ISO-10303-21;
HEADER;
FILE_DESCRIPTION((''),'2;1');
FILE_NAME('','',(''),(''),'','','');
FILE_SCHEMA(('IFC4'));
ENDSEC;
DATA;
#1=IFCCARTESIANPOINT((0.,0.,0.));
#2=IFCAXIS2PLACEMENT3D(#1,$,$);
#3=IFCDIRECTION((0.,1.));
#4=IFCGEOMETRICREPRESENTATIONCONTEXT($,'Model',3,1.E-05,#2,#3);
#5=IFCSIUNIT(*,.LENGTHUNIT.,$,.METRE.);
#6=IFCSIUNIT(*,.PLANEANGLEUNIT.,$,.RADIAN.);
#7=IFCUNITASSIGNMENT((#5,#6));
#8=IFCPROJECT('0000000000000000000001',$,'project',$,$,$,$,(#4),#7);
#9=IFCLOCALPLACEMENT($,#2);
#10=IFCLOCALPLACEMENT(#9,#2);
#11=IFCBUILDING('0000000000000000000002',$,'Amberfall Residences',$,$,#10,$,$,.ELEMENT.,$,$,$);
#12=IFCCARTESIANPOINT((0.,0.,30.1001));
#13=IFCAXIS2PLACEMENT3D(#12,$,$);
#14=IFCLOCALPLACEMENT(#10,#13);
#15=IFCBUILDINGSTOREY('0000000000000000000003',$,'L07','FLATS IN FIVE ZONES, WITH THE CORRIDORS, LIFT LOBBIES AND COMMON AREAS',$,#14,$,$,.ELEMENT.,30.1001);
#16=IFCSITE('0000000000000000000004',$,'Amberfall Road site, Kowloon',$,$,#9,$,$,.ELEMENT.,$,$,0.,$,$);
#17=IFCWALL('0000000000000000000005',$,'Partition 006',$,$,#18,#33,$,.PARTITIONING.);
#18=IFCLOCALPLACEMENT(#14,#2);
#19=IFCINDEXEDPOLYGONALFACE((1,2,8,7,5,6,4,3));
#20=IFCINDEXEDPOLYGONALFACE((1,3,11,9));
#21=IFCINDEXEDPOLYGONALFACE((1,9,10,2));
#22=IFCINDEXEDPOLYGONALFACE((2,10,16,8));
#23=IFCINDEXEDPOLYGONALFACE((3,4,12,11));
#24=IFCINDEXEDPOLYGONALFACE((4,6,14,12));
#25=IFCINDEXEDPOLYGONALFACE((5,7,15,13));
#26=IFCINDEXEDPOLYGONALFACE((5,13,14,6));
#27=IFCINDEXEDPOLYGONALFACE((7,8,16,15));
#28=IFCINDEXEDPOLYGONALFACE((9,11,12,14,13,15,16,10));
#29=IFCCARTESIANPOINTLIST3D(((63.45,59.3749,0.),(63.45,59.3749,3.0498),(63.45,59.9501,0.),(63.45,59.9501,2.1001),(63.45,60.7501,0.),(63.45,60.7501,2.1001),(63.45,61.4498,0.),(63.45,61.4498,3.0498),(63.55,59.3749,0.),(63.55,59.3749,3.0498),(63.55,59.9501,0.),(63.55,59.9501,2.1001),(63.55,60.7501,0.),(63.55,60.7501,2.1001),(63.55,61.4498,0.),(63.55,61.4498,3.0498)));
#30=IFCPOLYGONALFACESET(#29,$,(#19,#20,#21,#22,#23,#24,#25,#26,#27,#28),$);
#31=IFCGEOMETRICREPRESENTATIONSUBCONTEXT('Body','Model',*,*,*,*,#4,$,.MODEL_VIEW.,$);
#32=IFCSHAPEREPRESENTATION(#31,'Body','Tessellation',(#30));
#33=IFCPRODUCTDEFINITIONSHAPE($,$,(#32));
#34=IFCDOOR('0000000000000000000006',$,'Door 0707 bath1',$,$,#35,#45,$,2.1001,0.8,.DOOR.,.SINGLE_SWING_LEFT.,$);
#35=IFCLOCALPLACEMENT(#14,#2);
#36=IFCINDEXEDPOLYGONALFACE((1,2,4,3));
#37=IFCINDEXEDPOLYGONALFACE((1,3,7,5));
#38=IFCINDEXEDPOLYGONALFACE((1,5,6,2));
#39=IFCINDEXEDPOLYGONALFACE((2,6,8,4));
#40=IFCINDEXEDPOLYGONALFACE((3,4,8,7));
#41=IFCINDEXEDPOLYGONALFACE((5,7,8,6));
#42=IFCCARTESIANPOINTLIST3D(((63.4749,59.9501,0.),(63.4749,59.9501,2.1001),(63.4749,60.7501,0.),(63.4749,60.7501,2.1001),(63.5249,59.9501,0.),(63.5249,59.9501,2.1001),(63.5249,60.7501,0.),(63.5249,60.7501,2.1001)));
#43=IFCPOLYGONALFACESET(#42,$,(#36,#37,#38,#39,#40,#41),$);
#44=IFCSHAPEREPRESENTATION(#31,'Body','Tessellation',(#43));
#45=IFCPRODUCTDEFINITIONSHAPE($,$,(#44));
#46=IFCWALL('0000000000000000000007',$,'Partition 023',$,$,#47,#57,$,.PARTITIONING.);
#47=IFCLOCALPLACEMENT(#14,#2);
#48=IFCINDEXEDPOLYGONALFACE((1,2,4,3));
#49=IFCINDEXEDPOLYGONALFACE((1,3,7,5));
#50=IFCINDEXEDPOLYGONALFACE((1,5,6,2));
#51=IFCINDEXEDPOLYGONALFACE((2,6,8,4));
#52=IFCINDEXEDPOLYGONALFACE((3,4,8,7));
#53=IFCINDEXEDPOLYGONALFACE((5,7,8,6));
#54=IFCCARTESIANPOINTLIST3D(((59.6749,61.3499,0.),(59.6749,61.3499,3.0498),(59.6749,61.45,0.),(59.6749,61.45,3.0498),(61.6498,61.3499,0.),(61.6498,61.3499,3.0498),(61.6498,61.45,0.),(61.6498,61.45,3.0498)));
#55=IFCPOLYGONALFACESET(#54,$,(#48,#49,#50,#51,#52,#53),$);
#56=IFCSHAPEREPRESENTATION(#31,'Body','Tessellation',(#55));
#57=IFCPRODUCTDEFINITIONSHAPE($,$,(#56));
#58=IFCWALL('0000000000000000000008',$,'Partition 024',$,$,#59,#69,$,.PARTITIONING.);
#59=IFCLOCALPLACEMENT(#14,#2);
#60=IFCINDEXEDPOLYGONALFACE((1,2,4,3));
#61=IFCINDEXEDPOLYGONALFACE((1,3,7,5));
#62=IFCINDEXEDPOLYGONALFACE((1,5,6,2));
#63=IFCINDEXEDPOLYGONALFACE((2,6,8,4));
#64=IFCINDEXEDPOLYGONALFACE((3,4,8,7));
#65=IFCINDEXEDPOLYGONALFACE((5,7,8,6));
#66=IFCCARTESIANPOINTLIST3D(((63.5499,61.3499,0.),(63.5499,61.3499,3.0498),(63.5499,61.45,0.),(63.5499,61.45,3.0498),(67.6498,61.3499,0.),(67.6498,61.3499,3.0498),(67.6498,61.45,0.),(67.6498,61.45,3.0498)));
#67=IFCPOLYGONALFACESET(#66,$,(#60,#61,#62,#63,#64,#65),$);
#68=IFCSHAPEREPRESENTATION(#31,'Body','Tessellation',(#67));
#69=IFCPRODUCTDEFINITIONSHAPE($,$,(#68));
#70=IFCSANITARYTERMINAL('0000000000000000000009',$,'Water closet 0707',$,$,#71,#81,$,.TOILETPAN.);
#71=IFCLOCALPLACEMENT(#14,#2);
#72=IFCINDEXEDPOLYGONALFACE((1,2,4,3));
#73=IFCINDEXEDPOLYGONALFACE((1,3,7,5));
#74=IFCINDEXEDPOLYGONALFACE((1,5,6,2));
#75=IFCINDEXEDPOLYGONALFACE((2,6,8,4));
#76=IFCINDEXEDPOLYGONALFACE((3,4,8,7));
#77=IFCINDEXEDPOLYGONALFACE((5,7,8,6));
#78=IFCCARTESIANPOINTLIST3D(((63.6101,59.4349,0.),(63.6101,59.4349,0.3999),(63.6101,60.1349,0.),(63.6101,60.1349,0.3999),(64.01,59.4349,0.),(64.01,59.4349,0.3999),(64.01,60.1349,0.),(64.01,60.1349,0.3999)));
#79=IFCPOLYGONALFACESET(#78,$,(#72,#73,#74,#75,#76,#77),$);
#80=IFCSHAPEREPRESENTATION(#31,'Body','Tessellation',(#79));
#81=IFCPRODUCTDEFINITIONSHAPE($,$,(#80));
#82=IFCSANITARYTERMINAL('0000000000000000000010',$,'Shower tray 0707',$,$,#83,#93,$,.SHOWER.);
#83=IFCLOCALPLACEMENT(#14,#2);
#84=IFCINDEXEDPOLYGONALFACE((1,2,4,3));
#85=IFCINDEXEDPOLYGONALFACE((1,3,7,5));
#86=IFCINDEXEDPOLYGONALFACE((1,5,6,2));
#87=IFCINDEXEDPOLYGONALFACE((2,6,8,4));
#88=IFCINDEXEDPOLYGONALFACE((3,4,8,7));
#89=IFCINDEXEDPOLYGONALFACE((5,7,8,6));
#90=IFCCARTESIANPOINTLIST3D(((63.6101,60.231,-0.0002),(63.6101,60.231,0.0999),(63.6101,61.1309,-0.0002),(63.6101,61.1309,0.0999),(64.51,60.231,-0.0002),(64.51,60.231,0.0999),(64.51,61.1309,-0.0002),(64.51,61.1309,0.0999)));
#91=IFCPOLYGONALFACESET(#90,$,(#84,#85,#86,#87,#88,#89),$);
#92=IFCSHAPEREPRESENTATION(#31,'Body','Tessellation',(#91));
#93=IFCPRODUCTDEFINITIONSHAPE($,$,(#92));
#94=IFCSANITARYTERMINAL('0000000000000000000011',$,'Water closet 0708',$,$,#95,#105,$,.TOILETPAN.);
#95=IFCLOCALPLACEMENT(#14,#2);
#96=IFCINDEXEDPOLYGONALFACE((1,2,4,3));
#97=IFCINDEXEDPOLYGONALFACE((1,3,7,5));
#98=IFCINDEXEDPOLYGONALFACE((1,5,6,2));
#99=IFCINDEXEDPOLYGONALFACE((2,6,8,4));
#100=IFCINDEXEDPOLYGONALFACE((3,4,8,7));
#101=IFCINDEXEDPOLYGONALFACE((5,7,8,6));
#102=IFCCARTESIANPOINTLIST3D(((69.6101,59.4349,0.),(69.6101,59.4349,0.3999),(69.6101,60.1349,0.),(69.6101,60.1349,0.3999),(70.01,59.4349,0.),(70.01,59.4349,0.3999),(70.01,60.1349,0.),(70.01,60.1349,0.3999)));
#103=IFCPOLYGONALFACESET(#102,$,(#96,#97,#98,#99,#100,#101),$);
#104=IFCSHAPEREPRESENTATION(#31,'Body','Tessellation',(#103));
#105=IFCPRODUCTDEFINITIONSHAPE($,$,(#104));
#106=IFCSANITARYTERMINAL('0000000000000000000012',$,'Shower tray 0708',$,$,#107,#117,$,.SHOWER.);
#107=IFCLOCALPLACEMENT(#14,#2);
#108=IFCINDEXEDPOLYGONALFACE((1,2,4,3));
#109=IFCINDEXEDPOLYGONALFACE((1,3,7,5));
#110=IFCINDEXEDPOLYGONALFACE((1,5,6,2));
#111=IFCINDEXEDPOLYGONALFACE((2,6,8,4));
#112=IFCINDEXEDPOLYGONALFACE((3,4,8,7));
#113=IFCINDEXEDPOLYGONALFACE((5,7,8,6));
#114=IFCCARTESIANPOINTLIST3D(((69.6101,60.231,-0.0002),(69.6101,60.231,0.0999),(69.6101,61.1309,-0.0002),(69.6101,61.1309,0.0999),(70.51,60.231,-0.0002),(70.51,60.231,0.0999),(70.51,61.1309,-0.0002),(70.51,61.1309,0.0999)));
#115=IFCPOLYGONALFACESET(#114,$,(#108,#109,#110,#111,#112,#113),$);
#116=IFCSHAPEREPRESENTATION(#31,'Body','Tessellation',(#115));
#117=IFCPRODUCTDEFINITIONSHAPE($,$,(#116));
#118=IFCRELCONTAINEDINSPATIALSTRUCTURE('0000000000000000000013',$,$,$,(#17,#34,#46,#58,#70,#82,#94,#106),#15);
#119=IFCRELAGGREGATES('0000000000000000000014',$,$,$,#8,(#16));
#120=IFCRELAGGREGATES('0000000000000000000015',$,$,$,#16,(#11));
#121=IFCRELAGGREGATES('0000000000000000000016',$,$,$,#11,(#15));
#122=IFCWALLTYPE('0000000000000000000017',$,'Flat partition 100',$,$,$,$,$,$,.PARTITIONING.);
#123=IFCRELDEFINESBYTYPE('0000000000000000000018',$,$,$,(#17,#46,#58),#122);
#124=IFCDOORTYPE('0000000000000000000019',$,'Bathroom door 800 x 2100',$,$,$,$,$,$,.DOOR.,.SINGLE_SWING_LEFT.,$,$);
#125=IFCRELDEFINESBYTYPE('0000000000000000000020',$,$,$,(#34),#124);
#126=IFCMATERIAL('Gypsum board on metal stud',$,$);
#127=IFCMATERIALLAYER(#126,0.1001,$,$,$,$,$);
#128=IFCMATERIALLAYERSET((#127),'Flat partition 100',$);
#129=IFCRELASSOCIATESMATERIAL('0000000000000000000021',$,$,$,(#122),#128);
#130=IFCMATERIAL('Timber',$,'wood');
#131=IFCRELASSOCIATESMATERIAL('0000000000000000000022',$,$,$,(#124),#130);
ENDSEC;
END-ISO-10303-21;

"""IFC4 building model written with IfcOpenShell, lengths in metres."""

from ifc_helpers import new_model, si_unit, direction, frame, frame_2d, origin, origin_2d, place, context, subcontext, project, spatial, rectangle, extrude, material, layer, layer_set, type_object, element, fill, save


model = new_model("IFC4")

# Units and contexts
model_context = context("Model", 3, precision=1e-05, world=origin(), true_north=direction((0.0, 1.0)))
body_context = subcontext(model_context, "Body", "Model", "MODEL_VIEW")
ifc_project = project(units=[si_unit("LENGTHUNIT", "METRE"), si_unit("PLANEANGLEUNIT", "RADIAN")], contexts=[model_context])

# Site, building, storey
site_placement = place(None, origin())
site = spatial("IfcSite", under=ifc_project, at=site_placement, Name="Amberfall Road site, Kowloon", CompositionType="ELEMENT", RefElevation=0.0)
building_placement = place(site_placement, origin())
building = spatial("IfcBuilding", under=site, at=building_placement, Name="Amberfall Residences", CompositionType="ELEMENT")
storey_placement = place(building_placement, frame((0.0, 0.0, 30.1001)))
storey = spatial("IfcBuildingStorey", under=building, at=storey_placement, Name="L07", Description="FLATS IN FIVE ZONES, WITH THE CORRIDORS, LIFT LOBBIES AND COMMON AREAS", CompositionType="ELEMENT", Elevation=30.1001)

# Wall, opening, door
ifc_material_1 = material(Name="Gypsum board on metal stud")
ifc_layer_1 = layer(ifc_material_1, 0.1001)
ifc_layer_set_1 = layer_set([ifc_layer_1], Name="Flat partition 100")
wall_type = type_object("IfcWallType", Name="Flat partition 100", PredefinedType="PARTITIONING", material=ifc_layer_set_1)
wall_1_placement = place(storey_placement, frame((63.5, 61.45, 0.0), z_axis=(0.0, 0.0, 1.0), x_axis=(0.0, -1.0, 0.0)))
wall_1 = element("IfcWall", 1, at=wall_1_placement, inside=storey, type_object=wall_type, Name="Partition 006", PredefinedType="PARTITIONING", context=body_context, shape_type="SweptSolid", body=[
    extrude(rectangle(XDim=2.075, YDim=0.1001, at=frame_2d((1.0376, 0.0))), origin(), (0.0, 0.0, 1.0), 3.0498),
])
opening_placement = place(wall_1_placement, frame((0.7, 0.0, 0.0)))
opening = element("IfcOpeningElement", 2, at=opening_placement, cuts=wall_1, PredefinedType="OPENING", context=body_context, shape_type="SweptSolid", body=[
    extrude(rectangle(XDim=0.8, YDim=2.1001, at=frame_2d((0.3999, 1.05))), frame((0.0, 0.0601, 0.0), z_axis=(0.0, -1.0, 0.0), x_axis=(1.0, 0.0, 0.0)), (0.0, 0.0, 1.0), 0.1201),
])
ifc_material_2 = material(Name="Timber", Category="wood")
door_type = type_object("IfcDoorType", Name="Bathroom door 800 x 2100", OperationType="SINGLE_SWING_LEFT", PredefinedType="DOOR", material=ifc_material_2)
door_placement = place(opening_placement, origin())
door = element("IfcDoor", 3, at=door_placement, inside=storey, type_object=door_type, Name="Door 0707 bath1", OperationType="SINGLE_SWING_LEFT", OverallHeight=2.1001, OverallWidth=0.8, PredefinedType="DOOR", context=body_context, shape_type="SweptSolid", body=[
    extrude(rectangle(XDim=0.8, YDim=2.1001, at=frame_2d((0.3999, 1.05))), frame((0.0, 0.0249, 0.0), z_axis=(0.0, -1.0, 0.0), x_axis=(1.0, 0.0, 0.0)), (0.0, 0.0, 1.0), 0.05),
])
fill(opening, door)

# Walls
wall_2_placement = place(storey_placement, frame((59.675, 61.3999, 0.0), z_axis=(0.0, 0.0, 1.0), x_axis=(1.0, 0.0, 0.0)))
element("IfcWall", 4, at=wall_2_placement, inside=storey, type_object=wall_type, Name="Partition 023", PredefinedType="PARTITIONING", context=body_context, shape_type="SweptSolid", body=[
    extrude(rectangle(XDim=1.9749, YDim=0.1001, at=frame_2d((0.9873, 0.0))), origin(), (0.0, 0.0, 1.0), 3.0498),
])
wall_3_placement = place(storey_placement, frame((63.55, 61.3999, 0.0), z_axis=(0.0, 0.0, 1.0), x_axis=(1.0, 0.0, 0.0)))
element("IfcWall", 5, at=wall_3_placement, inside=storey, type_object=wall_type, Name="Partition 024", PredefinedType="PARTITIONING", context=body_context, shape_type="SweptSolid", body=[
    extrude(rectangle(XDim=4.0999, YDim=0.1001, at=frame_2d((2.0498, 0.0))), origin(), (0.0, 0.0, 1.0), 3.0498),
])

# Sanitary terminals
sanitary_terminal_1_placement = place(storey_placement, frame((63.8101, 59.7849, 0.0), z_axis=(0.0, 0.0, 1.0), x_axis=(1.0, 0.0, 0.0)))
element("IfcSanitaryTerminal", 6, at=sanitary_terminal_1_placement, inside=storey, Name="Water closet 0707", PredefinedType="TOILETPAN", context=body_context, shape_type="SweptSolid", body=[
    extrude(rectangle(XDim=0.3999, YDim=0.7, at=origin_2d()), origin(), (0.0, 0.0, 1.0), 0.3999),
])
sanitary_terminal_2_placement = place(storey_placement, frame((64.0601, 60.6809, -0.0002), z_axis=(0.0, 0.0, 1.0), x_axis=(1.0, 0.0, 0.0)))
element("IfcSanitaryTerminal", 7, at=sanitary_terminal_2_placement, inside=storey, Name="Shower tray 0707", PredefinedType="SHOWER", context=body_context, shape_type="SweptSolid", body=[
    extrude(rectangle(XDim=0.8999, YDim=0.8999, at=origin_2d()), origin(), (0.0, 0.0, 1.0), 0.1001),
])
sanitary_terminal_3_placement = place(storey_placement, frame((69.8101, 59.7849, 0.0), z_axis=(0.0, 0.0, 1.0), x_axis=(1.0, 0.0, 0.0)))
element("IfcSanitaryTerminal", 8, at=sanitary_terminal_3_placement, inside=storey, Name="Water closet 0708", PredefinedType="TOILETPAN", context=body_context, shape_type="SweptSolid", body=[
    extrude(rectangle(XDim=0.3999, YDim=0.7, at=origin_2d()), origin(), (0.0, 0.0, 1.0), 0.3999),
])
sanitary_terminal_4_placement = place(storey_placement, frame((70.0601, 60.6809, -0.0002), z_axis=(0.0, 0.0, 1.0), x_axis=(1.0, 0.0, 0.0)))
element("IfcSanitaryTerminal", 9, at=sanitary_terminal_4_placement, inside=storey, Name="Shower tray 0708", PredefinedType="SHOWER", context=body_context, shape_type="SweptSolid", body=[
    extrude(rectangle(XDim=0.8999, YDim=0.8999, at=origin_2d()), origin(), (0.0, 0.0, 1.0), 0.1001),
])

save(model, "model.ifc")
